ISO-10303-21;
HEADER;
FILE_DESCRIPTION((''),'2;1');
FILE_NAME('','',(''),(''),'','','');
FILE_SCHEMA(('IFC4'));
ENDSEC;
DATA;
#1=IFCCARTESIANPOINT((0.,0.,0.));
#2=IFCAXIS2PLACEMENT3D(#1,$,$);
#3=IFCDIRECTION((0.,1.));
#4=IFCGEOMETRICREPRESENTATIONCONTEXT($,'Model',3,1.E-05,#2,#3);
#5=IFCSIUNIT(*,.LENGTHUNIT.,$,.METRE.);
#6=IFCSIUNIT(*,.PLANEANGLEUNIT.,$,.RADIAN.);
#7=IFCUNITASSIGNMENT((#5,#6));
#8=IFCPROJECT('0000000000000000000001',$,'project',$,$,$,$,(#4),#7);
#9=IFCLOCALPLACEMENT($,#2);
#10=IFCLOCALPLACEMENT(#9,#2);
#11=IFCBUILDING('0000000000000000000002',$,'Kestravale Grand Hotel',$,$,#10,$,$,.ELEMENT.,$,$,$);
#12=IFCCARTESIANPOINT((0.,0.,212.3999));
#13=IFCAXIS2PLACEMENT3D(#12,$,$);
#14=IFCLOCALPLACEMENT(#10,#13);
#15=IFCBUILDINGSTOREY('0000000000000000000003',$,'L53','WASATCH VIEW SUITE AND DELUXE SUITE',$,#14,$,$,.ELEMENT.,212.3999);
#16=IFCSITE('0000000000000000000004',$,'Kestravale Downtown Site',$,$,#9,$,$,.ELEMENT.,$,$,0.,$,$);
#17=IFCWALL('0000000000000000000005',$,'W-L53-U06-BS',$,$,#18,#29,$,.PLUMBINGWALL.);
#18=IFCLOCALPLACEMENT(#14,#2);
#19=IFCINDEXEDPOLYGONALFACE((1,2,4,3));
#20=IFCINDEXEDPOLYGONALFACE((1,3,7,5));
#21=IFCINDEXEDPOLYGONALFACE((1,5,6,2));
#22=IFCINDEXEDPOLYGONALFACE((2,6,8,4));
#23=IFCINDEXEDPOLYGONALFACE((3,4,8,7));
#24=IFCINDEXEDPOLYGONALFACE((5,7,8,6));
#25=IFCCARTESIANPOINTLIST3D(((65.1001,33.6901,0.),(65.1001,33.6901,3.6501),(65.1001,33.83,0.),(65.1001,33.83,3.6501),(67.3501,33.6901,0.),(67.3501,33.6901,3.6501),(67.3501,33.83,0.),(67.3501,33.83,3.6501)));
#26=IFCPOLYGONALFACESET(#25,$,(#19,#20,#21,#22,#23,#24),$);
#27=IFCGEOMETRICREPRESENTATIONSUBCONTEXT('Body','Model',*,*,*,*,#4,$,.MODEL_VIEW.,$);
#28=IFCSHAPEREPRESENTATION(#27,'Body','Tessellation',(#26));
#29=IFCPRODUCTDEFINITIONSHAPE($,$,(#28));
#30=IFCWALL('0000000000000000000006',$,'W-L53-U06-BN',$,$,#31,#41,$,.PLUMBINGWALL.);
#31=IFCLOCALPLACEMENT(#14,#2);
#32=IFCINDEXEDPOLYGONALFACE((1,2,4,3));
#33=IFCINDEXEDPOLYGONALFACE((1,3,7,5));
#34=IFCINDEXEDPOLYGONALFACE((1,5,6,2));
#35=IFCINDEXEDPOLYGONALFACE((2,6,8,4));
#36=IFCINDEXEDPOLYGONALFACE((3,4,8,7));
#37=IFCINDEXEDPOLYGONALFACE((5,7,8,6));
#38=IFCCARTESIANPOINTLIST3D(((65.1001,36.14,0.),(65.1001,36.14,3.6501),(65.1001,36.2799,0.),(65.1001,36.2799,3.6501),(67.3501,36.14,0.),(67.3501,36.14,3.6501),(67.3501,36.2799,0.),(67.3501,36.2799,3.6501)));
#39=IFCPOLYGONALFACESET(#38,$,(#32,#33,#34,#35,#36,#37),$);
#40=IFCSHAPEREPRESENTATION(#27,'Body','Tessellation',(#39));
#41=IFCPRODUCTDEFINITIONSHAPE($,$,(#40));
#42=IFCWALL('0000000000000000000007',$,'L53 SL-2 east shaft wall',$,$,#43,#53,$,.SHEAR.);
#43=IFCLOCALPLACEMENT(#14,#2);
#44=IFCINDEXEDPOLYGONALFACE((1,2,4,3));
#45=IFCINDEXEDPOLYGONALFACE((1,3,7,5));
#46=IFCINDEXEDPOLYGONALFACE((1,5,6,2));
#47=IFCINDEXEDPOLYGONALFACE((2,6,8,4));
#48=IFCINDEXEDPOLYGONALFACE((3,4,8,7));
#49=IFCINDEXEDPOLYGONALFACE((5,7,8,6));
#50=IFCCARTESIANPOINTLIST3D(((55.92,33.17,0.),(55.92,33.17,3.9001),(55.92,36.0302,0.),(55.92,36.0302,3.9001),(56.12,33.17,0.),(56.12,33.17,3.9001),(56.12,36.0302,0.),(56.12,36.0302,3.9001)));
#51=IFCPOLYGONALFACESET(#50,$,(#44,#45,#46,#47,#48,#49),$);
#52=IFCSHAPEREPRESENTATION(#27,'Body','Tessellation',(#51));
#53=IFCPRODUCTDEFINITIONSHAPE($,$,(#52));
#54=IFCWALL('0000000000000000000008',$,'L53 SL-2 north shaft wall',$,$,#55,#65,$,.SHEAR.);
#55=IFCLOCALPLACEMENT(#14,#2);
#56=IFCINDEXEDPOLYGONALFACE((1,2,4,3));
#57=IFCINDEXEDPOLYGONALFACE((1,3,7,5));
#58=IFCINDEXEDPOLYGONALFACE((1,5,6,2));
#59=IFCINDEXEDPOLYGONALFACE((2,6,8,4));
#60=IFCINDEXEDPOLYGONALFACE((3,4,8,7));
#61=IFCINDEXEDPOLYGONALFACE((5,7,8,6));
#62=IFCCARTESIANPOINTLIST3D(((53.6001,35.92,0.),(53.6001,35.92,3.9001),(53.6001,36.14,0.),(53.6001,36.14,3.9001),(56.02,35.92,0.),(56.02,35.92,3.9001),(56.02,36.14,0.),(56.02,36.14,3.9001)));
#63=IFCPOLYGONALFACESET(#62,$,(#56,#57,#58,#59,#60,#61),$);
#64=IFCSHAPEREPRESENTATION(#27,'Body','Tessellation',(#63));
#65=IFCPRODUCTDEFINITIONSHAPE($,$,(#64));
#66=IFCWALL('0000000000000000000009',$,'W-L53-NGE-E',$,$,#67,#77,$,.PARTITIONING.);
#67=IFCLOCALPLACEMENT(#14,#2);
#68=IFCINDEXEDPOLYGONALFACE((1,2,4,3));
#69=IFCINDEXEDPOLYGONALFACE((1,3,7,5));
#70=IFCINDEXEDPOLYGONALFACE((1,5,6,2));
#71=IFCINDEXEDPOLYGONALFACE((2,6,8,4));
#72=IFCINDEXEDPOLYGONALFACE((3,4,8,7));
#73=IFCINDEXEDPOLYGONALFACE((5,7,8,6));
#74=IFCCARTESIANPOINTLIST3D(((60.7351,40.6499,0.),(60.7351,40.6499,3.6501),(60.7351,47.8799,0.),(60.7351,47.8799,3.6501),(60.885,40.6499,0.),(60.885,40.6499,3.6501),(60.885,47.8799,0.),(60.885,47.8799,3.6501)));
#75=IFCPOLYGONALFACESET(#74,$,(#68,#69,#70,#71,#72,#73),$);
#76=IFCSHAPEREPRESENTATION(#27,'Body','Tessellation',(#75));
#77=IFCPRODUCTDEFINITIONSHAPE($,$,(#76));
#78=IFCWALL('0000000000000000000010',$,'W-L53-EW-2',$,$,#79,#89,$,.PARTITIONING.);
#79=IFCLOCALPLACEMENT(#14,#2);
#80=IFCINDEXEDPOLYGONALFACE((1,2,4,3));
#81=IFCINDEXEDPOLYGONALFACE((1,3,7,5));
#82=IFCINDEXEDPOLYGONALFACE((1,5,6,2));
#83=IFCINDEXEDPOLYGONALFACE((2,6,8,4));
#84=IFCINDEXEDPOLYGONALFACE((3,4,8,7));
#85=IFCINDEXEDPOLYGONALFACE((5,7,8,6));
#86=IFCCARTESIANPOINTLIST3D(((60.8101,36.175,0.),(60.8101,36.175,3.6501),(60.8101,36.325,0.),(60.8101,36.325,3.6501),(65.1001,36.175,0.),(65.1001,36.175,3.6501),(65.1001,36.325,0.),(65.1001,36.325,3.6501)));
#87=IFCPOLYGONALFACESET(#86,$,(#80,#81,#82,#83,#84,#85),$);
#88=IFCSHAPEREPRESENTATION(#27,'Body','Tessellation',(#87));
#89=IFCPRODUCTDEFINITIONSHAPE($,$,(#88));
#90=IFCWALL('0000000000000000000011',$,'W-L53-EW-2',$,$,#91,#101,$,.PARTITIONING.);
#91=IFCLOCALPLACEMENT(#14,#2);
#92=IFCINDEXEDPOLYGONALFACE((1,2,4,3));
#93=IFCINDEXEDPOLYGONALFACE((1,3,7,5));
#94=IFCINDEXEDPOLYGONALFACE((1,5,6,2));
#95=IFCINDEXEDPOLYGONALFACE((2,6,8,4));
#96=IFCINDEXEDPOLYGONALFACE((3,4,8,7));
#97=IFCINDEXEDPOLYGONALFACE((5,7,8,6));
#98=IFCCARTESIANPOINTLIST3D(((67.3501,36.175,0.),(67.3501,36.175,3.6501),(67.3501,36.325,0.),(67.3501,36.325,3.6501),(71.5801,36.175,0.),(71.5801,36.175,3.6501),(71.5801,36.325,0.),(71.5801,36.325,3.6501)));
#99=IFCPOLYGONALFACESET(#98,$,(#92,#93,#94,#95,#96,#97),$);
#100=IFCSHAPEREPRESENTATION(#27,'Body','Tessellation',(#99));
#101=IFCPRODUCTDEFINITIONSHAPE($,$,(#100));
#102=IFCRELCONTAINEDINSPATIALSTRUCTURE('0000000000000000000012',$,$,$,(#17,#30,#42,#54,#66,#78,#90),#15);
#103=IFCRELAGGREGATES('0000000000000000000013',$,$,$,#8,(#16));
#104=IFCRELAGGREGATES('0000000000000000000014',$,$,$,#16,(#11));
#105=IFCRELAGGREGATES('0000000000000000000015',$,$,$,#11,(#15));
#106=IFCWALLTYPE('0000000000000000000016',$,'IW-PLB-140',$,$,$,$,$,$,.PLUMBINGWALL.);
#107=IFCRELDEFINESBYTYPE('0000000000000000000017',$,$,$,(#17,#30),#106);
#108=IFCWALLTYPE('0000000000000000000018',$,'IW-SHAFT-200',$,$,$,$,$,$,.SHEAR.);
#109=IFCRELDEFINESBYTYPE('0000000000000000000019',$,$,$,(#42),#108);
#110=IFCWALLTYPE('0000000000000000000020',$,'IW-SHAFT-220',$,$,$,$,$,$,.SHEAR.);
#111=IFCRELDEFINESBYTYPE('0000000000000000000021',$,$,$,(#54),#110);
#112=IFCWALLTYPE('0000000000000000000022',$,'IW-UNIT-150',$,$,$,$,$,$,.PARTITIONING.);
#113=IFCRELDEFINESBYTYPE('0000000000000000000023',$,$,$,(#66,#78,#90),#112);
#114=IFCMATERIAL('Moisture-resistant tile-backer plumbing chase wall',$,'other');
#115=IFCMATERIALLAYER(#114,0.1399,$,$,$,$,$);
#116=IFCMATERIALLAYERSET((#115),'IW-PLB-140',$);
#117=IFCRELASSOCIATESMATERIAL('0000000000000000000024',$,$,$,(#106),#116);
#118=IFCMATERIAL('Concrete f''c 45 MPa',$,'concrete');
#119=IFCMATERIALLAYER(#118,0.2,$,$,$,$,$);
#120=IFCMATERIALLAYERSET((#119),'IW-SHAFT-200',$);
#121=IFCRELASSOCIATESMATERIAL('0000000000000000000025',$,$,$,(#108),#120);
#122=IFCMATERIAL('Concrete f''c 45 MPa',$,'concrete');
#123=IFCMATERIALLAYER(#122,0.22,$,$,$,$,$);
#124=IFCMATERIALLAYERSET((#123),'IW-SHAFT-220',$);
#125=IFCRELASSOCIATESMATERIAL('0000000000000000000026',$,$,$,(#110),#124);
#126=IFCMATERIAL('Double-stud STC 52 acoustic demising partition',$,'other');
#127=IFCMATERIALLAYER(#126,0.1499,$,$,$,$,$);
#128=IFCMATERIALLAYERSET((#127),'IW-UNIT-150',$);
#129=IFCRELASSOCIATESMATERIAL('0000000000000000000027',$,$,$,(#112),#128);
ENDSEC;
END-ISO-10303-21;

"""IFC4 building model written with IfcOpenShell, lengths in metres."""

from ifc_helpers import new_model, si_unit, direction, frame, frame_2d, origin, place, context, subcontext, project, spatial, rectangle, extrude, material, layer, layer_set, type_object, element, save


model = new_model("IFC4")

# Units and contexts
model_context = context("Model", 3, precision=1e-05, world=origin(), true_north=direction((0.0, 1.0)))
body_context = subcontext(model_context, "Body", "Model", "MODEL_VIEW")
ifc_project = project(units=[si_unit("LENGTHUNIT", "METRE"), si_unit("PLANEANGLEUNIT", "RADIAN")], contexts=[model_context])

# Site, building, storey
site_placement = place(None, origin())
site = spatial("IfcSite", under=ifc_project, at=site_placement, Name="Kestravale Downtown Site", CompositionType="ELEMENT", RefElevation=0.0)
building_placement = place(site_placement, origin())
building = spatial("IfcBuilding", under=site, at=building_placement, Name="Kestravale Grand Hotel", CompositionType="ELEMENT")
storey_placement = place(building_placement, frame((0.0, 0.0, 212.3999)))
storey = spatial("IfcBuildingStorey", under=building, at=storey_placement, Name="L53", Description="WASATCH VIEW SUITE AND DELUXE SUITE", CompositionType="ELEMENT", Elevation=212.3999)

# Shared definitions
ifc_material_1 = material(Name="Moisture-resistant tile-backer plumbing chase wall", Category="other")
ifc_layer_1 = layer(ifc_material_1, 0.1399)
ifc_layer_set_1 = layer_set([ifc_layer_1], Name="IW-PLB-140")
wall_type_1 = type_object("IfcWallType", Name="IW-PLB-140", PredefinedType="PLUMBINGWALL", material=ifc_layer_set_1)

# Walls
for number, where, z_axis, x_axis, name in (
    (1, (65.1001, 33.76, 0.0), (0.0, 0.0, 1.0), (1.0, 0.0, 0.0), "W-L53-U06-BS"),
    (2, (65.1001, 36.21, 0.0), (0.0, 0.0, 1.0), (1.0, 0.0, 0.0), "W-L53-U06-BN"),
):
    element("IfcWall", number, at=place(storey_placement, frame(where, z_axis=z_axis, x_axis=x_axis)), inside=storey, type_object=wall_type_1, Name=name, PredefinedType="PLUMBINGWALL", context=body_context, shape_type="SweptSolid", body=[
        extrude(rectangle(XDim=2.25, YDim=0.1399, at=frame_2d((1.125, 0.0))), origin(), (0.0, 0.0, 1.0), 3.6501),
    ])
ifc_material_2 = material(Name="Concrete f'c 45 MPa", Category="concrete")
ifc_layer_2 = layer(ifc_material_2, 0.2)
ifc_layer_set_2 = layer_set([ifc_layer_2], Name="IW-SHAFT-200")
wall_type_2 = type_object("IfcWallType", Name="IW-SHAFT-200", PredefinedType="SHEAR", material=ifc_layer_set_2)
wall_1_placement = place(storey_placement, frame((56.02, 33.1699, 0.0), z_axis=(0.0, 0.0, 1.0), x_axis=(0.0, 1.0, 0.0)))
element("IfcWall", 3, at=wall_1_placement, inside=storey, type_object=wall_type_2, Name="L53 SL-2 east shaft wall", PredefinedType="SHEAR", context=body_context, shape_type="SweptSolid", body=[
    extrude(rectangle(XDim=2.8601, YDim=0.2, at=frame_2d((1.4302, 0.0))), origin(), (0.0, 0.0, 1.0), 3.9001),
])
ifc_material_3 = material(Name="Concrete f'c 45 MPa", Category="concrete")
ifc_layer_3 = layer(ifc_material_3, 0.22)
ifc_layer_set_3 = layer_set([ifc_layer_3], Name="IW-SHAFT-220")
wall_type_3 = type_object("IfcWallType", Name="IW-SHAFT-220", PredefinedType="SHEAR", material=ifc_layer_set_3)
wall_2_placement = place(storey_placement, frame((53.6001, 36.03, 0.0), z_axis=(0.0, 0.0, 1.0), x_axis=(1.0, 0.0, 0.0)))
element("IfcWall", 4, at=wall_2_placement, inside=storey, type_object=wall_type_3, Name="L53 SL-2 north shaft wall", PredefinedType="SHEAR", context=body_context, shape_type="SweptSolid", body=[
    extrude(rectangle(XDim=2.4199, YDim=0.22, at=frame_2d((1.21, 0.0))), origin(), (0.0, 0.0, 1.0), 3.9001),
])

# Shared definitions
ifc_material_4 = material(Name="Double-stud STC 52 acoustic demising partition", Category="other")
ifc_layer_4 = layer(ifc_material_4, 0.1499)
ifc_layer_set_4 = layer_set([ifc_layer_4], Name="IW-UNIT-150")
wall_type_4 = type_object("IfcWallType", Name="IW-UNIT-150", PredefinedType="PARTITIONING", material=ifc_layer_set_4)

# Walls
wall_3_placement = place(storey_placement, frame((60.8101, 40.6499, 0.0), z_axis=(0.0, 0.0, 1.0), x_axis=(0.0, 1.0, 0.0)))
element("IfcWall", 5, at=wall_3_placement, inside=storey, type_object=wall_type_4, Name="W-L53-NGE-E", PredefinedType="PARTITIONING", context=body_context, shape_type="SweptSolid", body=[
    extrude(rectangle(XDim=7.23, YDim=0.1499, at=frame_2d((3.615, 0.0))), origin(), (0.0, 0.0, 1.0), 3.6501),
])
wall_4_placement = place(storey_placement, frame((60.8101, 36.25, 0.0), z_axis=(0.0, 0.0, 1.0), x_axis=(1.0, 0.0, 0.0)))
element("IfcWall", 6, at=wall_4_placement, inside=storey, type_object=wall_type_4, Name="W-L53-EW-2", PredefinedType="PARTITIONING", context=body_context, shape_type="SweptSolid", body=[
    extrude(rectangle(XDim=4.29, YDim=0.1499, at=frame_2d((2.145, 0.0))), origin(), (0.0, 0.0, 1.0), 3.6501),
])
wall_5_placement = place(storey_placement, frame((67.3501, 36.25, 0.0), z_axis=(0.0, 0.0, 1.0), x_axis=(1.0, 0.0, 0.0)))
element("IfcWall", 7, at=wall_5_placement, inside=storey, type_object=wall_type_4, Name="W-L53-EW-2", PredefinedType="PARTITIONING", context=body_context, shape_type="SweptSolid", body=[
    extrude(rectangle(XDim=4.23, YDim=0.1499, at=frame_2d((2.115, 0.0))), origin(), (0.0, 0.0, 1.0), 3.6501),
])

save(model, "model.ifc")
